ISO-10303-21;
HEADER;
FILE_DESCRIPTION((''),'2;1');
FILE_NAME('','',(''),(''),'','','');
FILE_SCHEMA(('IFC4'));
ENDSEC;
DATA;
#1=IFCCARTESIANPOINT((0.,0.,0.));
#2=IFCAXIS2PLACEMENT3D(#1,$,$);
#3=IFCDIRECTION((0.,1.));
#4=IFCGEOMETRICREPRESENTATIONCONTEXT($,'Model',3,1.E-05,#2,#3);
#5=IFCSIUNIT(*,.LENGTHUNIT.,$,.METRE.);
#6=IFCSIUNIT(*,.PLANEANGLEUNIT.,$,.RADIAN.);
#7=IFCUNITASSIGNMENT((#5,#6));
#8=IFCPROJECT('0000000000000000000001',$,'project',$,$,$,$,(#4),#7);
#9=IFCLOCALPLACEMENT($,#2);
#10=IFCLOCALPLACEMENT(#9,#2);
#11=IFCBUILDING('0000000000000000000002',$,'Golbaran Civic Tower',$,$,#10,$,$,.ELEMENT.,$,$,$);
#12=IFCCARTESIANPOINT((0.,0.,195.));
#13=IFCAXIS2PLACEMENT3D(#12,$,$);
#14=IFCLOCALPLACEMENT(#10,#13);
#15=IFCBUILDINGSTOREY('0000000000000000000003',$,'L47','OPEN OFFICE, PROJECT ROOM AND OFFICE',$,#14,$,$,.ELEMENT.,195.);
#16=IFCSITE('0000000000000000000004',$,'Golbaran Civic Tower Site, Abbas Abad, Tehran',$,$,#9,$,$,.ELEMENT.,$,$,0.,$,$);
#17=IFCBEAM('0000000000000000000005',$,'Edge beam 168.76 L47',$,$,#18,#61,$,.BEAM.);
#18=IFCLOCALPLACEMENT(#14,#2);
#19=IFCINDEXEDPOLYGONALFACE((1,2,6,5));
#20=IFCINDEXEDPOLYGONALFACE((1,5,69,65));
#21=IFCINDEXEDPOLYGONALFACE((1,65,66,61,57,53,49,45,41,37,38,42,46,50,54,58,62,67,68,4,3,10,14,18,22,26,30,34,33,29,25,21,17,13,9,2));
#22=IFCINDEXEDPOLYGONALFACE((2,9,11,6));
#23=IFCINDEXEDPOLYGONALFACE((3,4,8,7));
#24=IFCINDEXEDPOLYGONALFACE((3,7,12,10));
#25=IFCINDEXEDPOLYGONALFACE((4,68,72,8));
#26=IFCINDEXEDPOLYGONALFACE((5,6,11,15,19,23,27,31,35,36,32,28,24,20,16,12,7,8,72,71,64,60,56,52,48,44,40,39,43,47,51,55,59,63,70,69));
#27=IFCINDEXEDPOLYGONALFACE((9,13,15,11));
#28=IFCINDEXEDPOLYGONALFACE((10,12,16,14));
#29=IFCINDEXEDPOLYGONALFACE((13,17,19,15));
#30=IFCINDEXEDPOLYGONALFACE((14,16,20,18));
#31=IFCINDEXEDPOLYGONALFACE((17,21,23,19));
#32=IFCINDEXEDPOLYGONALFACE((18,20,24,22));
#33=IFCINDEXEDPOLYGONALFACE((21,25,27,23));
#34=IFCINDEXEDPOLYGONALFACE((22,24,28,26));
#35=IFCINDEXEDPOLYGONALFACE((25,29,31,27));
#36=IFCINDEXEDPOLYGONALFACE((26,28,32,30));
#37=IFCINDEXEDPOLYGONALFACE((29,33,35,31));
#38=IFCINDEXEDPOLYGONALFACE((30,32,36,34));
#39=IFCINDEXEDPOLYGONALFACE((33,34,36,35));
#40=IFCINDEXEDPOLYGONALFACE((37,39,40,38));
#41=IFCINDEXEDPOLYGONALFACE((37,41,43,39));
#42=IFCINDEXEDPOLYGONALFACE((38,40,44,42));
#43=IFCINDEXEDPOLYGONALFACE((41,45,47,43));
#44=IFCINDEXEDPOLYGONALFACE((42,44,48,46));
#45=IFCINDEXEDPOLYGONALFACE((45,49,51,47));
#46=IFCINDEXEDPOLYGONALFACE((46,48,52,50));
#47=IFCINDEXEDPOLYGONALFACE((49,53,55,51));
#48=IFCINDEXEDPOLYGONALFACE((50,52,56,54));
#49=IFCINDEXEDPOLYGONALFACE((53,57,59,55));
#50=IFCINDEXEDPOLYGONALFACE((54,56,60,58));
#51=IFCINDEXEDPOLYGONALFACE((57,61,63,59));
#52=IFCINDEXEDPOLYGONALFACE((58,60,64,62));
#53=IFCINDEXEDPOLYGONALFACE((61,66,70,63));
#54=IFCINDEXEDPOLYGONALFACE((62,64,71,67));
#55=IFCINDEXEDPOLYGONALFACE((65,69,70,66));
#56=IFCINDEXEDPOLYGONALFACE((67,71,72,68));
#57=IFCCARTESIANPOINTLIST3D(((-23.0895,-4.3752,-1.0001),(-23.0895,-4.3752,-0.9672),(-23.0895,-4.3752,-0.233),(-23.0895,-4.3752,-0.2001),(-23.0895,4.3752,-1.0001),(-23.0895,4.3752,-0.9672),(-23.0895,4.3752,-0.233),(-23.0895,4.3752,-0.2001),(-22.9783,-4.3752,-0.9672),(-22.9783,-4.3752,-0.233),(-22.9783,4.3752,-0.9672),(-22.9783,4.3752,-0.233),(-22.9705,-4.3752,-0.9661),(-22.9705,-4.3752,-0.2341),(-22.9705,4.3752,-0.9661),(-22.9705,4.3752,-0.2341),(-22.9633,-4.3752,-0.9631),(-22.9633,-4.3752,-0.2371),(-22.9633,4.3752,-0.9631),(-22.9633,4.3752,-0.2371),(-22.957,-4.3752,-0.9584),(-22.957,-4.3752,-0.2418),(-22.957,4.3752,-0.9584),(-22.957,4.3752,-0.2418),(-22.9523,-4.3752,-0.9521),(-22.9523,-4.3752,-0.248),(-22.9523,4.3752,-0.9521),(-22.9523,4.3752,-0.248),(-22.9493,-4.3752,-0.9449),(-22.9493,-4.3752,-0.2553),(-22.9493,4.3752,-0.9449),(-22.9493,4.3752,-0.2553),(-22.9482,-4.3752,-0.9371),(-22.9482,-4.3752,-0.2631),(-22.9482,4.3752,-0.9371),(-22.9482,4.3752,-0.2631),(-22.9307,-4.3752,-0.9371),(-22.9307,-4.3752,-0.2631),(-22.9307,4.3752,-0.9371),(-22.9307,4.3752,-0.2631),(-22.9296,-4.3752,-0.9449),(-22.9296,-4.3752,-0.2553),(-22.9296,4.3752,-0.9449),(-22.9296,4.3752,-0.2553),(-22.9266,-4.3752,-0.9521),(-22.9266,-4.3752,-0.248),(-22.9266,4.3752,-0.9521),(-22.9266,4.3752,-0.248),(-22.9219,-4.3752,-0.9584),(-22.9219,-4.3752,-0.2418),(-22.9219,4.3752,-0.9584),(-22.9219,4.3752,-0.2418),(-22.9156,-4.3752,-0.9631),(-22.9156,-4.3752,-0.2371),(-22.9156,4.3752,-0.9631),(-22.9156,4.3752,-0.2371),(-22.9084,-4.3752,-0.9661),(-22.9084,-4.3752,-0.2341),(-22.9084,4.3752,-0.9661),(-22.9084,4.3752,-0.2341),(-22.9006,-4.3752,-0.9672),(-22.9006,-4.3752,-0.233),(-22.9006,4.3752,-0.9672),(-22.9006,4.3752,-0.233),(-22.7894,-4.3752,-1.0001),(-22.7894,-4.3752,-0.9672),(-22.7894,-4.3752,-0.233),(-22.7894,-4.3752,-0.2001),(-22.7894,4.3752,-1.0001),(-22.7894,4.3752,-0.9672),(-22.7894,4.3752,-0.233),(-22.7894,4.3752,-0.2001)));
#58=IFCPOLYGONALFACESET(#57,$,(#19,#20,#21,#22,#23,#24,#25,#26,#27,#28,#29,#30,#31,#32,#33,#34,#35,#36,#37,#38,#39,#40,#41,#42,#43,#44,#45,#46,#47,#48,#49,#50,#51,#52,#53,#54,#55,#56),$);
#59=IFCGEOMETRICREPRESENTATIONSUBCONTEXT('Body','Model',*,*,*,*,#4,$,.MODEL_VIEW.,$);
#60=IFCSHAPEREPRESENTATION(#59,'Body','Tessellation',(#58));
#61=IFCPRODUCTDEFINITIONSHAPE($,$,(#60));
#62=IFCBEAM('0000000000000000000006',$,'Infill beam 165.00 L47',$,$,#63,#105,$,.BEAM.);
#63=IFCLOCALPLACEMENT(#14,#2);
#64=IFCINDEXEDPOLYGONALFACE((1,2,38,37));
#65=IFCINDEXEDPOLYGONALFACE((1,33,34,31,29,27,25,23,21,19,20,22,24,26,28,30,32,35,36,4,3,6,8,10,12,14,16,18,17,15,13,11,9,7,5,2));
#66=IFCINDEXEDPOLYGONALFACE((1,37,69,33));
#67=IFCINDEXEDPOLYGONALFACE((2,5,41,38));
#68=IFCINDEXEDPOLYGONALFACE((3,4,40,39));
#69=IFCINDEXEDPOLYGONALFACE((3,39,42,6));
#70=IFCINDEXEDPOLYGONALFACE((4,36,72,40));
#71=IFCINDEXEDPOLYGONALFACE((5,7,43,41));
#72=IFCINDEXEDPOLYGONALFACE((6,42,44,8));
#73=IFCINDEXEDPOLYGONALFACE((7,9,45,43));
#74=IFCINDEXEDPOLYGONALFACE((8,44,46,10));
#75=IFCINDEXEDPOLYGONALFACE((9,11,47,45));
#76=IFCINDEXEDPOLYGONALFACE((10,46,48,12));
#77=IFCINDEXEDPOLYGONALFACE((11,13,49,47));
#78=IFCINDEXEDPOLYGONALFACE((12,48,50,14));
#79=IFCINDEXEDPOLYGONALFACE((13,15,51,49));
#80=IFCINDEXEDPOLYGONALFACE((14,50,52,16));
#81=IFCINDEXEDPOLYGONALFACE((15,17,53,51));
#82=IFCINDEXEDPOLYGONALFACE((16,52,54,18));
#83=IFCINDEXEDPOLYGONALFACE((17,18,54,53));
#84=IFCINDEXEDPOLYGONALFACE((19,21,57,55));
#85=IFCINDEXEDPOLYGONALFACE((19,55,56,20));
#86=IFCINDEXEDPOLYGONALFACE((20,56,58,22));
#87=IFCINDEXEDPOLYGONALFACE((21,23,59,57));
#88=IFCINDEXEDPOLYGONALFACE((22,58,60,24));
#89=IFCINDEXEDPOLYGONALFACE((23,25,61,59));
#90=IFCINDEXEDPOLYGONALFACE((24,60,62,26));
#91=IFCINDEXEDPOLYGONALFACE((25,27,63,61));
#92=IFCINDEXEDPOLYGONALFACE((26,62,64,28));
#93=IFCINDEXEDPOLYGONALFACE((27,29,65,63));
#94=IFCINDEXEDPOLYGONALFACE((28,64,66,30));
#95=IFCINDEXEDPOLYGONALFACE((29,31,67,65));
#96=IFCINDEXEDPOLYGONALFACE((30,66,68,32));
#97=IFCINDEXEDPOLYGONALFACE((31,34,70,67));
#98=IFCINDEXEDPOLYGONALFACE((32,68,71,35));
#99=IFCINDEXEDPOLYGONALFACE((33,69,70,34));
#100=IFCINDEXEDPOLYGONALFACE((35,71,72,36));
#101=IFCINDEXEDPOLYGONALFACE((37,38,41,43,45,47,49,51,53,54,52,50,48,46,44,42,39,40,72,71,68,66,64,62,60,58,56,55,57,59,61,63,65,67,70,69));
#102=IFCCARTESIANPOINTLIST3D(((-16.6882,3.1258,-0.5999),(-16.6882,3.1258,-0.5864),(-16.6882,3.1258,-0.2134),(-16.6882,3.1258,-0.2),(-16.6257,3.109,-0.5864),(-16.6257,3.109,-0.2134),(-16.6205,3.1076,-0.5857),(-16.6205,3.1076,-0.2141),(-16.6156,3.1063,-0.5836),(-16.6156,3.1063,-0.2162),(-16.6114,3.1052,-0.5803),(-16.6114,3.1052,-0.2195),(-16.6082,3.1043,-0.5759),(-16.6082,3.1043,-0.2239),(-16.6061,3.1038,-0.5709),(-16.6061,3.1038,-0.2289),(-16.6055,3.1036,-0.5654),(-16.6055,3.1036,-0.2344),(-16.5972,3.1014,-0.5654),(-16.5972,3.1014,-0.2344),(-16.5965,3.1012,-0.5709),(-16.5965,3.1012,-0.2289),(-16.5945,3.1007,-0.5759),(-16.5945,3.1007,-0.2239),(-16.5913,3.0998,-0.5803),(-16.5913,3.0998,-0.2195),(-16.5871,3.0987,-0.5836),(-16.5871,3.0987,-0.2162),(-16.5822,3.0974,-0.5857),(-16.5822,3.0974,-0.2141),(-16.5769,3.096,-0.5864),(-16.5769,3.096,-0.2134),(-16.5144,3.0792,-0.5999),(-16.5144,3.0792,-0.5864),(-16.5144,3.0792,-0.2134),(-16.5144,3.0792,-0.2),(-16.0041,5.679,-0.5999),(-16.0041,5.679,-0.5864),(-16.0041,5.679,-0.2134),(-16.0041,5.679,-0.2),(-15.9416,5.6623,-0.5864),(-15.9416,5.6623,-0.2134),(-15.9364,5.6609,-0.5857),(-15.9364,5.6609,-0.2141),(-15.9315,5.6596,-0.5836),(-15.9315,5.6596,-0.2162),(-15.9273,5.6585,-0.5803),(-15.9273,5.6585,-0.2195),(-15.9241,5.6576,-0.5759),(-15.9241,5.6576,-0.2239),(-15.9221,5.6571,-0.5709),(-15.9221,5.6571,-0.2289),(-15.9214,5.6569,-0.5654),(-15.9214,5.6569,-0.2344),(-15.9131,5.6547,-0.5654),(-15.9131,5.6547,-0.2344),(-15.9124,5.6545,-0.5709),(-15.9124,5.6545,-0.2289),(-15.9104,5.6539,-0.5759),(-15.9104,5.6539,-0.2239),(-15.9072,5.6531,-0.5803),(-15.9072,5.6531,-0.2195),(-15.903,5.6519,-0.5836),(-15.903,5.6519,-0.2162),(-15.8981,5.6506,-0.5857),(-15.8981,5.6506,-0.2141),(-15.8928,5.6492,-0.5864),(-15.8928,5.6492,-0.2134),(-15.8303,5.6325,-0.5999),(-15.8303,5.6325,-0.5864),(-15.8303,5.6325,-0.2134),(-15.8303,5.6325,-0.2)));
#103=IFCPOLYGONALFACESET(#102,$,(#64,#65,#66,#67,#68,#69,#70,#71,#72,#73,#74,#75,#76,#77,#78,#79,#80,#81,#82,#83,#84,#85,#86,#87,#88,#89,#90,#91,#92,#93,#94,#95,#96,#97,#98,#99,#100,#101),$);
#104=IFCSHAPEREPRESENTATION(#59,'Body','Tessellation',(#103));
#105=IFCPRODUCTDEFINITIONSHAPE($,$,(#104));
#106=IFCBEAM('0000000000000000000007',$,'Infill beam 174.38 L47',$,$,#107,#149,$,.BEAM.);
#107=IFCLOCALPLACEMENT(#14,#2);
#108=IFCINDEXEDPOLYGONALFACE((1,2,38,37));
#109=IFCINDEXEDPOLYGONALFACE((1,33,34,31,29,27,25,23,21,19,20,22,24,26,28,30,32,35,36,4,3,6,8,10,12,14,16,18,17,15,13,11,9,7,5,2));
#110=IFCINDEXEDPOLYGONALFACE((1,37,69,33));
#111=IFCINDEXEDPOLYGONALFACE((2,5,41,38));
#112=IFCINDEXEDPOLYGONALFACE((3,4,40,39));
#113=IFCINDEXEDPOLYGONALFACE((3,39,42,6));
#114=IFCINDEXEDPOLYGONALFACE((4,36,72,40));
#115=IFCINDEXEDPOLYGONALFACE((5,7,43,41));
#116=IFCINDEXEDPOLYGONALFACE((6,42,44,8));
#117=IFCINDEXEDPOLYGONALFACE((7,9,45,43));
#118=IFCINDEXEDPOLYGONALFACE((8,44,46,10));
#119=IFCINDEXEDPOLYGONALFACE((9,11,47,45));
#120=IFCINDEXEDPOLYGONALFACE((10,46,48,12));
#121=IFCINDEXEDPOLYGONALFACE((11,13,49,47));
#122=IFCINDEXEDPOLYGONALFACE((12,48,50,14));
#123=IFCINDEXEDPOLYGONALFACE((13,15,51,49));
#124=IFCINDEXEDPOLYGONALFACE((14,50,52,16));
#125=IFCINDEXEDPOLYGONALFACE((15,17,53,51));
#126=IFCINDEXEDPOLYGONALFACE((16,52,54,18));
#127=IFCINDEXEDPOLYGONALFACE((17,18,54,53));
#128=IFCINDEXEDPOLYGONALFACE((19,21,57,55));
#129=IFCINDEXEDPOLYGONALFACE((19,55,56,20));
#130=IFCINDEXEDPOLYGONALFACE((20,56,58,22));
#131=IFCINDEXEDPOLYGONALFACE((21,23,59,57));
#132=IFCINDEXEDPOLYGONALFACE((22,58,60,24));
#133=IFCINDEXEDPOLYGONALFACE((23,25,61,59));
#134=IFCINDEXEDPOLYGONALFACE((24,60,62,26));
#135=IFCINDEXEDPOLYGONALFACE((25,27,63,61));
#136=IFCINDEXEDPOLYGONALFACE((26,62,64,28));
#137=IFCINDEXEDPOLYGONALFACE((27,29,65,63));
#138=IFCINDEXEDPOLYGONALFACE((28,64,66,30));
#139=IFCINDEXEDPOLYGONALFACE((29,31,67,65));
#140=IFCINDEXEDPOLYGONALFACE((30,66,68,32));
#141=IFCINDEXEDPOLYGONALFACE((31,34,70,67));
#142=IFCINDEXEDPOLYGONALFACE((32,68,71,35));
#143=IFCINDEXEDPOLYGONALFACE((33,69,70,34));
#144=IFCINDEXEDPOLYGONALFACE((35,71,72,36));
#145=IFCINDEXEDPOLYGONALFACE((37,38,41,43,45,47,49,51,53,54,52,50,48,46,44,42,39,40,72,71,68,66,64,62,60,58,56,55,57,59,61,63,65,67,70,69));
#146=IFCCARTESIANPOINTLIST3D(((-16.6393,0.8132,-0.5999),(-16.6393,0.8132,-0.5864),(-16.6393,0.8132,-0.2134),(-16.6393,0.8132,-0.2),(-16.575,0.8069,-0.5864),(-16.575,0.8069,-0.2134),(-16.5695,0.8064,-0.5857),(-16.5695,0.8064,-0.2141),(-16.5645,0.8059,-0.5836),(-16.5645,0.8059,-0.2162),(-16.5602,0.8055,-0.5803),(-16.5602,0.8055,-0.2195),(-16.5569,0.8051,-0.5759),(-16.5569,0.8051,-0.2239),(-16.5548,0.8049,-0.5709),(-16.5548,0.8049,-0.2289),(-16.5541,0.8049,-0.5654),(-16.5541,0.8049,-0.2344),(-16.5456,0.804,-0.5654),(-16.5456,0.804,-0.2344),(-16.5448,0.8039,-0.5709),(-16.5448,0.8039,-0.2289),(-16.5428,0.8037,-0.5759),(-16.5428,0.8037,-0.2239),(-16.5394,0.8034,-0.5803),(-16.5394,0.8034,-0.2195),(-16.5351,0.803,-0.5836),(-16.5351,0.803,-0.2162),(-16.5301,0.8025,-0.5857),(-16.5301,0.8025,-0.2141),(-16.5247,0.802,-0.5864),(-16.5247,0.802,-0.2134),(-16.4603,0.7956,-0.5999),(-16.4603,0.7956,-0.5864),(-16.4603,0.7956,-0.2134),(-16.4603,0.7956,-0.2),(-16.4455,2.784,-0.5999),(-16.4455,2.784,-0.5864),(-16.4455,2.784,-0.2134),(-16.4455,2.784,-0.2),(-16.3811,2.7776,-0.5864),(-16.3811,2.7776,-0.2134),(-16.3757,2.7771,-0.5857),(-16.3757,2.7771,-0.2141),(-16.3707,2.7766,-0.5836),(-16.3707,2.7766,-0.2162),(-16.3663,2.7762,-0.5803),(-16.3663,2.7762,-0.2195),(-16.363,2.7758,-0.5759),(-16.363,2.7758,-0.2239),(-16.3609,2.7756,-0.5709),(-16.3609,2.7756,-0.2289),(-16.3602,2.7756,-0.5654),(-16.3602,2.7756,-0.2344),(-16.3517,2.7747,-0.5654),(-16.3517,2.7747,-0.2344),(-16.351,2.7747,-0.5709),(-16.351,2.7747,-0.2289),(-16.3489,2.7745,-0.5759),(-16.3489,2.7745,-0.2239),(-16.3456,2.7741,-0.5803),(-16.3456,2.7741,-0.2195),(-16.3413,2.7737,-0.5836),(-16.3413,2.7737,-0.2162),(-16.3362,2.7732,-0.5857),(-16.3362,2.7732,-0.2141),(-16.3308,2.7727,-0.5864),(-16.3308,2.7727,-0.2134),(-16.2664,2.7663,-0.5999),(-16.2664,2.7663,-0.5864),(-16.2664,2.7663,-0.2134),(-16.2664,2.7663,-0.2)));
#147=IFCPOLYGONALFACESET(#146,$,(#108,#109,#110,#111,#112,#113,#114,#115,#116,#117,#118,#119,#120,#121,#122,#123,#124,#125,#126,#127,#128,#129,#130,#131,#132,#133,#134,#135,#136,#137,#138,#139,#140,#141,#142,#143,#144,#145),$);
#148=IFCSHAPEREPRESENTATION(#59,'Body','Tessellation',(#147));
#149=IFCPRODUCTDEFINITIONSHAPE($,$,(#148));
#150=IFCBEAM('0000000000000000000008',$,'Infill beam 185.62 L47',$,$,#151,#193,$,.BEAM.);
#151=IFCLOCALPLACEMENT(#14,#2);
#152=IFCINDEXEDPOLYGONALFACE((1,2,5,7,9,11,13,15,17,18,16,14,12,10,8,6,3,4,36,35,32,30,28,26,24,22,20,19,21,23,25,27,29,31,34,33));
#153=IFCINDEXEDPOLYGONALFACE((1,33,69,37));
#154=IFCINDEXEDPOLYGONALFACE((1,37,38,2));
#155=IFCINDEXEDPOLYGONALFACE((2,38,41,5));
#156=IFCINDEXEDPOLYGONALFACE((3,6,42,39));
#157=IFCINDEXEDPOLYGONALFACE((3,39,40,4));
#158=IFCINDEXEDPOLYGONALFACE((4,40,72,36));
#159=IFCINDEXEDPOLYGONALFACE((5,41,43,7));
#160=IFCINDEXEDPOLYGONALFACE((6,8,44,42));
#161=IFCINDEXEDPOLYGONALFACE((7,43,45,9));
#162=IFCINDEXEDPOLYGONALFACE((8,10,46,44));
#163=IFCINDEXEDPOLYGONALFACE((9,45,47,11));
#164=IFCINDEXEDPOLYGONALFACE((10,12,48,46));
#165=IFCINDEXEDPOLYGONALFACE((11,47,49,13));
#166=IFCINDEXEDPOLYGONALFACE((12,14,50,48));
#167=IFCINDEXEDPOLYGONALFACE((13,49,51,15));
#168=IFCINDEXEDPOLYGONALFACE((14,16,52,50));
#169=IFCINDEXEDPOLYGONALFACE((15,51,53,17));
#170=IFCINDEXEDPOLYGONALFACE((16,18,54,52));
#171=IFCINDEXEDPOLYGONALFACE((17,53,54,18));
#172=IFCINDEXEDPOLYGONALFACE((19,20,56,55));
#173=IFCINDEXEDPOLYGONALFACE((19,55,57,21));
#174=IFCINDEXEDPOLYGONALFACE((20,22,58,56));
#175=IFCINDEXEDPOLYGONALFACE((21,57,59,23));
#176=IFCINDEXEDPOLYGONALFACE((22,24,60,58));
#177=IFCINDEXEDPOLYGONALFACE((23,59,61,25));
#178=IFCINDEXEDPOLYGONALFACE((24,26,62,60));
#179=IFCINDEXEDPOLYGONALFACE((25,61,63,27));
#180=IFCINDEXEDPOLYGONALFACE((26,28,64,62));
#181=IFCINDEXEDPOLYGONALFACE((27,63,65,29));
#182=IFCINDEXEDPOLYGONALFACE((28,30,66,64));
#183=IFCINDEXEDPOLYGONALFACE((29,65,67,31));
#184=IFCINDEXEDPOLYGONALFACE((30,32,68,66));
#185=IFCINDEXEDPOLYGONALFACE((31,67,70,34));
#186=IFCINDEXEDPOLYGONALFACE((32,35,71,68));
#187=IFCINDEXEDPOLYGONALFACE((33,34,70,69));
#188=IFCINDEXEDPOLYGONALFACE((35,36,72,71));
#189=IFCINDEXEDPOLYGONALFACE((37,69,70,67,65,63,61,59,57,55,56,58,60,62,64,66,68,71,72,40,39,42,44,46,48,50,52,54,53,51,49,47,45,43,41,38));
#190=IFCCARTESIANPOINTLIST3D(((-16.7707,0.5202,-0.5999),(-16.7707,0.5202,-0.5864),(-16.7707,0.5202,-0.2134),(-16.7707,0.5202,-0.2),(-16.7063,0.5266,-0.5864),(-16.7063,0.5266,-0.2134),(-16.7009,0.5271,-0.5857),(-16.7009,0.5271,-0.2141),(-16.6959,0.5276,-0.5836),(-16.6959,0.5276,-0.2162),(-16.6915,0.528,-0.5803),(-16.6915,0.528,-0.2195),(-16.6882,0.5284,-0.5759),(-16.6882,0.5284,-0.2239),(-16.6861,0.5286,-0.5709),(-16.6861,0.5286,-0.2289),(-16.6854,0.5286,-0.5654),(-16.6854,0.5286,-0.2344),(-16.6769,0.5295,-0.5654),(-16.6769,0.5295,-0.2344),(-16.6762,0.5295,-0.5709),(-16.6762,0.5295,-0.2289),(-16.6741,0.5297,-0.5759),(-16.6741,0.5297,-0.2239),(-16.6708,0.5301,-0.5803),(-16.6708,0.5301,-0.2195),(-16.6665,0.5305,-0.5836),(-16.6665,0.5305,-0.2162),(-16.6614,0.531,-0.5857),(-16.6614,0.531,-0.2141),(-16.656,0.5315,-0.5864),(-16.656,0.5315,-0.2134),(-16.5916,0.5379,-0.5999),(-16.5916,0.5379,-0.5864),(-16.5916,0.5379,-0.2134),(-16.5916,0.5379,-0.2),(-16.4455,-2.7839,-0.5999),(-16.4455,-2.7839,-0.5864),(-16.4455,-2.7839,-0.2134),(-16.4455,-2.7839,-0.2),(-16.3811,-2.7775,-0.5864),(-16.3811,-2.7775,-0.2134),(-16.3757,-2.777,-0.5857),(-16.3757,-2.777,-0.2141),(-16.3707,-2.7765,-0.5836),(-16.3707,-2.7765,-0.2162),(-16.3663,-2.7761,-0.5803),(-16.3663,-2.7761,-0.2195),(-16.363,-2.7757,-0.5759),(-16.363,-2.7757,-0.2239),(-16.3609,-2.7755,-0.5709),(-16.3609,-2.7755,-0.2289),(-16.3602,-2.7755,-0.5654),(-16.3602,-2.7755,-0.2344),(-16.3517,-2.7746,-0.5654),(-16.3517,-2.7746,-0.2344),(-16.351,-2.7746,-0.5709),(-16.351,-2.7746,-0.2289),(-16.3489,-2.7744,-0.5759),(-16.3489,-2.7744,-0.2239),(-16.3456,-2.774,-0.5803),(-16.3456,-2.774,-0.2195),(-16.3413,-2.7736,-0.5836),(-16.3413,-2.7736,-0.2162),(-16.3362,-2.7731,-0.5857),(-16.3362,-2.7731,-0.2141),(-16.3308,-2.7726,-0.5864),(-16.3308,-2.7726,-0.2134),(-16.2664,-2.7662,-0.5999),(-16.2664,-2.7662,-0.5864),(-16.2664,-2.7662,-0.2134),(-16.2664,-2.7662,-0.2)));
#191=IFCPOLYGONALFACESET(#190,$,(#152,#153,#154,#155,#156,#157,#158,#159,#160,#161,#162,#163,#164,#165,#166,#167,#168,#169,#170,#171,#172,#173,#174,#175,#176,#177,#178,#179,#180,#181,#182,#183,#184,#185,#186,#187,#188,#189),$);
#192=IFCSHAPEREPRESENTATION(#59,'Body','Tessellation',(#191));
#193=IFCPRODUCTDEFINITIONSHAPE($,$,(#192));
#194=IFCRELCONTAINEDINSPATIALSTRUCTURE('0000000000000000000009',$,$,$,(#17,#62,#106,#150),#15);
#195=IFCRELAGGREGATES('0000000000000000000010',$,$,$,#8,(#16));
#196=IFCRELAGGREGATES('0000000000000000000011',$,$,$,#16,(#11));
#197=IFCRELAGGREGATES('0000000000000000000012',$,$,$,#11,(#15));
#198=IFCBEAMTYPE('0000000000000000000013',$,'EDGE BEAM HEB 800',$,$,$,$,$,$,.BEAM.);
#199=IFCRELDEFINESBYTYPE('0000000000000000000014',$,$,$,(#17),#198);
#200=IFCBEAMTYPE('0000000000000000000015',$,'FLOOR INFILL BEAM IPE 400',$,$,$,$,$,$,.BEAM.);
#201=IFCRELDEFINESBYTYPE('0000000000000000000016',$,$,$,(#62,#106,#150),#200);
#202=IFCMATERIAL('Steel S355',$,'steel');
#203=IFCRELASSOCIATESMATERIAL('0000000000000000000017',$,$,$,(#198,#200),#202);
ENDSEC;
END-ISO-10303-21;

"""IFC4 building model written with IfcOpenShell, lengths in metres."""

from ifc_helpers import new_model, si_unit, direction, frame, origin, origin_2d, place, context, subcontext, project, spatial, i_section, extrude, material, material_profile, profile_set, type_object, element, save


model = new_model("IFC4")

# Units and contexts
model_context = context("Model", 3, precision=1e-05, world=origin(), true_north=direction((0.0, 1.0)))
body_context = subcontext(model_context, "Body", "Model", "MODEL_VIEW")
ifc_project = project(units=[si_unit("LENGTHUNIT", "METRE"), si_unit("PLANEANGLEUNIT", "RADIAN")], contexts=[model_context])

# Site, building, storey
site_placement = place(None, origin())
site = spatial("IfcSite", under=ifc_project, at=site_placement, Name="Golbaran Civic Tower Site, Abbas Abad, Tehran", CompositionType="ELEMENT", RefElevation=0.0)
building_placement = place(site_placement, origin())
building = spatial("IfcBuilding", under=site, at=building_placement, Name="Golbaran Civic Tower", CompositionType="ELEMENT")
storey_placement = place(building_placement, frame((0.0, 0.0, 195.0)))
storey = spatial("IfcBuildingStorey", under=building, at=storey_placement, Name="L47", Description="OPEN OFFICE, PROJECT ROOM AND OFFICE", CompositionType="ELEMENT", Elevation=195.0)

# Beams
ifc_material_1 = material(Name="Steel S355", Category="steel")
ifc_material_profile_1 = material_profile(ifc_material_1, i_section(OverallWidth=0.3, OverallDepth=0.8, WebThickness=0.0176, FlangeThickness=0.033, FilletRadius=0.03, at=origin_2d()), Name="HEB 800")
ifc_profile_set_1 = profile_set([ifc_material_profile_1], Name="Steel S355")
beam_type_1 = type_object("IfcBeamType", Name="EDGE BEAM HEB 800", PredefinedType="BEAM", material=ifc_profile_set_1)
beam_1_placement = place(storey_placement, frame((-22.9395, 4.3752, -0.6001), z_axis=(0.0, -1.0, 0.0), x_axis=(1.0, 0.0, 0.0)))
element("IfcBeam", 1, at=beam_1_placement, inside=storey, type_object=beam_type_1, Name="Edge beam 168.76 L47", PredefinedType="BEAM", context=body_context, shape_type="SweptSolid", body=[
    extrude(i_section(OverallWidth=0.3, OverallDepth=0.8, WebThickness=0.0176, FlangeThickness=0.033, FilletRadius=0.03, at=origin_2d()), origin(), (0.0, 0.0, 1.0), 8.7505),
])
ifc_material_profile_2 = material_profile(ifc_material_1, i_section(OverallWidth=0.1799, OverallDepth=0.3999, WebThickness=0.0085, FlangeThickness=0.0134, FilletRadius=0.021, at=origin_2d()), Name="IPE 400")
ifc_profile_set_2 = profile_set([ifc_material_profile_2], Name="Steel S355")
beam_type_2 = type_object("IfcBeamType", Name="FLOOR INFILL BEAM IPE 400", PredefinedType="BEAM", material=ifc_profile_set_2)
beam_2_placement = place(storey_placement, frame((-15.9172, 5.6558, -0.3999), z_axis=(-0.258801, -0.965931, 0.0), x_axis=(0.965931, -0.258801, 0.0)))
element("IfcBeam", 2, at=beam_2_placement, inside=storey, type_object=beam_type_2, Name="Infill beam 165.00 L47", PredefinedType="BEAM", context=body_context, shape_type="SweptSolid", body=[
    extrude(i_section(OverallWidth=0.1799, OverallDepth=0.3999, WebThickness=0.0085, FlangeThickness=0.0134, FilletRadius=0.021, at=origin_2d()), origin(), (0.0, 0.0, 1.0), 2.6433),
])
beam_3_placement = place(storey_placement, frame((-16.356, 2.7751, -0.3999), z_axis=(-0.097892, -0.995197, 0.0), x_axis=(0.995197, -0.097892, 0.0)))
element("IfcBeam", 3, at=beam_3_placement, inside=storey, type_object=beam_type_2, Name="Infill beam 174.38 L47", PredefinedType="BEAM", context=body_context, shape_type="SweptSolid", body=[
    extrude(i_section(OverallWidth=0.1799, OverallDepth=0.3999, WebThickness=0.0085, FlangeThickness=0.0134, FilletRadius=0.021, at=origin_2d()), origin(), (0.0, 0.0, 1.0), 1.9802),
])
beam_4_placement = place(storey_placement, frame((-16.6812, 0.5291, -0.3999), z_axis=(0.097946, -0.995192, 0.0), x_axis=(0.995192, 0.097946, 0.0)))
element("IfcBeam", 4, at=beam_4_placement, inside=storey, type_object=beam_type_2, Name="Infill beam 185.62 L47", PredefinedType="BEAM", context=body_context, shape_type="SweptSolid", body=[
    extrude(i_section(OverallWidth=0.1799, OverallDepth=0.3999, WebThickness=0.0085, FlangeThickness=0.0134, FilletRadius=0.021, at=origin_2d()), origin(), (0.0, 0.0, 1.0), 3.3201),
])

save(model, "model.ifc")
